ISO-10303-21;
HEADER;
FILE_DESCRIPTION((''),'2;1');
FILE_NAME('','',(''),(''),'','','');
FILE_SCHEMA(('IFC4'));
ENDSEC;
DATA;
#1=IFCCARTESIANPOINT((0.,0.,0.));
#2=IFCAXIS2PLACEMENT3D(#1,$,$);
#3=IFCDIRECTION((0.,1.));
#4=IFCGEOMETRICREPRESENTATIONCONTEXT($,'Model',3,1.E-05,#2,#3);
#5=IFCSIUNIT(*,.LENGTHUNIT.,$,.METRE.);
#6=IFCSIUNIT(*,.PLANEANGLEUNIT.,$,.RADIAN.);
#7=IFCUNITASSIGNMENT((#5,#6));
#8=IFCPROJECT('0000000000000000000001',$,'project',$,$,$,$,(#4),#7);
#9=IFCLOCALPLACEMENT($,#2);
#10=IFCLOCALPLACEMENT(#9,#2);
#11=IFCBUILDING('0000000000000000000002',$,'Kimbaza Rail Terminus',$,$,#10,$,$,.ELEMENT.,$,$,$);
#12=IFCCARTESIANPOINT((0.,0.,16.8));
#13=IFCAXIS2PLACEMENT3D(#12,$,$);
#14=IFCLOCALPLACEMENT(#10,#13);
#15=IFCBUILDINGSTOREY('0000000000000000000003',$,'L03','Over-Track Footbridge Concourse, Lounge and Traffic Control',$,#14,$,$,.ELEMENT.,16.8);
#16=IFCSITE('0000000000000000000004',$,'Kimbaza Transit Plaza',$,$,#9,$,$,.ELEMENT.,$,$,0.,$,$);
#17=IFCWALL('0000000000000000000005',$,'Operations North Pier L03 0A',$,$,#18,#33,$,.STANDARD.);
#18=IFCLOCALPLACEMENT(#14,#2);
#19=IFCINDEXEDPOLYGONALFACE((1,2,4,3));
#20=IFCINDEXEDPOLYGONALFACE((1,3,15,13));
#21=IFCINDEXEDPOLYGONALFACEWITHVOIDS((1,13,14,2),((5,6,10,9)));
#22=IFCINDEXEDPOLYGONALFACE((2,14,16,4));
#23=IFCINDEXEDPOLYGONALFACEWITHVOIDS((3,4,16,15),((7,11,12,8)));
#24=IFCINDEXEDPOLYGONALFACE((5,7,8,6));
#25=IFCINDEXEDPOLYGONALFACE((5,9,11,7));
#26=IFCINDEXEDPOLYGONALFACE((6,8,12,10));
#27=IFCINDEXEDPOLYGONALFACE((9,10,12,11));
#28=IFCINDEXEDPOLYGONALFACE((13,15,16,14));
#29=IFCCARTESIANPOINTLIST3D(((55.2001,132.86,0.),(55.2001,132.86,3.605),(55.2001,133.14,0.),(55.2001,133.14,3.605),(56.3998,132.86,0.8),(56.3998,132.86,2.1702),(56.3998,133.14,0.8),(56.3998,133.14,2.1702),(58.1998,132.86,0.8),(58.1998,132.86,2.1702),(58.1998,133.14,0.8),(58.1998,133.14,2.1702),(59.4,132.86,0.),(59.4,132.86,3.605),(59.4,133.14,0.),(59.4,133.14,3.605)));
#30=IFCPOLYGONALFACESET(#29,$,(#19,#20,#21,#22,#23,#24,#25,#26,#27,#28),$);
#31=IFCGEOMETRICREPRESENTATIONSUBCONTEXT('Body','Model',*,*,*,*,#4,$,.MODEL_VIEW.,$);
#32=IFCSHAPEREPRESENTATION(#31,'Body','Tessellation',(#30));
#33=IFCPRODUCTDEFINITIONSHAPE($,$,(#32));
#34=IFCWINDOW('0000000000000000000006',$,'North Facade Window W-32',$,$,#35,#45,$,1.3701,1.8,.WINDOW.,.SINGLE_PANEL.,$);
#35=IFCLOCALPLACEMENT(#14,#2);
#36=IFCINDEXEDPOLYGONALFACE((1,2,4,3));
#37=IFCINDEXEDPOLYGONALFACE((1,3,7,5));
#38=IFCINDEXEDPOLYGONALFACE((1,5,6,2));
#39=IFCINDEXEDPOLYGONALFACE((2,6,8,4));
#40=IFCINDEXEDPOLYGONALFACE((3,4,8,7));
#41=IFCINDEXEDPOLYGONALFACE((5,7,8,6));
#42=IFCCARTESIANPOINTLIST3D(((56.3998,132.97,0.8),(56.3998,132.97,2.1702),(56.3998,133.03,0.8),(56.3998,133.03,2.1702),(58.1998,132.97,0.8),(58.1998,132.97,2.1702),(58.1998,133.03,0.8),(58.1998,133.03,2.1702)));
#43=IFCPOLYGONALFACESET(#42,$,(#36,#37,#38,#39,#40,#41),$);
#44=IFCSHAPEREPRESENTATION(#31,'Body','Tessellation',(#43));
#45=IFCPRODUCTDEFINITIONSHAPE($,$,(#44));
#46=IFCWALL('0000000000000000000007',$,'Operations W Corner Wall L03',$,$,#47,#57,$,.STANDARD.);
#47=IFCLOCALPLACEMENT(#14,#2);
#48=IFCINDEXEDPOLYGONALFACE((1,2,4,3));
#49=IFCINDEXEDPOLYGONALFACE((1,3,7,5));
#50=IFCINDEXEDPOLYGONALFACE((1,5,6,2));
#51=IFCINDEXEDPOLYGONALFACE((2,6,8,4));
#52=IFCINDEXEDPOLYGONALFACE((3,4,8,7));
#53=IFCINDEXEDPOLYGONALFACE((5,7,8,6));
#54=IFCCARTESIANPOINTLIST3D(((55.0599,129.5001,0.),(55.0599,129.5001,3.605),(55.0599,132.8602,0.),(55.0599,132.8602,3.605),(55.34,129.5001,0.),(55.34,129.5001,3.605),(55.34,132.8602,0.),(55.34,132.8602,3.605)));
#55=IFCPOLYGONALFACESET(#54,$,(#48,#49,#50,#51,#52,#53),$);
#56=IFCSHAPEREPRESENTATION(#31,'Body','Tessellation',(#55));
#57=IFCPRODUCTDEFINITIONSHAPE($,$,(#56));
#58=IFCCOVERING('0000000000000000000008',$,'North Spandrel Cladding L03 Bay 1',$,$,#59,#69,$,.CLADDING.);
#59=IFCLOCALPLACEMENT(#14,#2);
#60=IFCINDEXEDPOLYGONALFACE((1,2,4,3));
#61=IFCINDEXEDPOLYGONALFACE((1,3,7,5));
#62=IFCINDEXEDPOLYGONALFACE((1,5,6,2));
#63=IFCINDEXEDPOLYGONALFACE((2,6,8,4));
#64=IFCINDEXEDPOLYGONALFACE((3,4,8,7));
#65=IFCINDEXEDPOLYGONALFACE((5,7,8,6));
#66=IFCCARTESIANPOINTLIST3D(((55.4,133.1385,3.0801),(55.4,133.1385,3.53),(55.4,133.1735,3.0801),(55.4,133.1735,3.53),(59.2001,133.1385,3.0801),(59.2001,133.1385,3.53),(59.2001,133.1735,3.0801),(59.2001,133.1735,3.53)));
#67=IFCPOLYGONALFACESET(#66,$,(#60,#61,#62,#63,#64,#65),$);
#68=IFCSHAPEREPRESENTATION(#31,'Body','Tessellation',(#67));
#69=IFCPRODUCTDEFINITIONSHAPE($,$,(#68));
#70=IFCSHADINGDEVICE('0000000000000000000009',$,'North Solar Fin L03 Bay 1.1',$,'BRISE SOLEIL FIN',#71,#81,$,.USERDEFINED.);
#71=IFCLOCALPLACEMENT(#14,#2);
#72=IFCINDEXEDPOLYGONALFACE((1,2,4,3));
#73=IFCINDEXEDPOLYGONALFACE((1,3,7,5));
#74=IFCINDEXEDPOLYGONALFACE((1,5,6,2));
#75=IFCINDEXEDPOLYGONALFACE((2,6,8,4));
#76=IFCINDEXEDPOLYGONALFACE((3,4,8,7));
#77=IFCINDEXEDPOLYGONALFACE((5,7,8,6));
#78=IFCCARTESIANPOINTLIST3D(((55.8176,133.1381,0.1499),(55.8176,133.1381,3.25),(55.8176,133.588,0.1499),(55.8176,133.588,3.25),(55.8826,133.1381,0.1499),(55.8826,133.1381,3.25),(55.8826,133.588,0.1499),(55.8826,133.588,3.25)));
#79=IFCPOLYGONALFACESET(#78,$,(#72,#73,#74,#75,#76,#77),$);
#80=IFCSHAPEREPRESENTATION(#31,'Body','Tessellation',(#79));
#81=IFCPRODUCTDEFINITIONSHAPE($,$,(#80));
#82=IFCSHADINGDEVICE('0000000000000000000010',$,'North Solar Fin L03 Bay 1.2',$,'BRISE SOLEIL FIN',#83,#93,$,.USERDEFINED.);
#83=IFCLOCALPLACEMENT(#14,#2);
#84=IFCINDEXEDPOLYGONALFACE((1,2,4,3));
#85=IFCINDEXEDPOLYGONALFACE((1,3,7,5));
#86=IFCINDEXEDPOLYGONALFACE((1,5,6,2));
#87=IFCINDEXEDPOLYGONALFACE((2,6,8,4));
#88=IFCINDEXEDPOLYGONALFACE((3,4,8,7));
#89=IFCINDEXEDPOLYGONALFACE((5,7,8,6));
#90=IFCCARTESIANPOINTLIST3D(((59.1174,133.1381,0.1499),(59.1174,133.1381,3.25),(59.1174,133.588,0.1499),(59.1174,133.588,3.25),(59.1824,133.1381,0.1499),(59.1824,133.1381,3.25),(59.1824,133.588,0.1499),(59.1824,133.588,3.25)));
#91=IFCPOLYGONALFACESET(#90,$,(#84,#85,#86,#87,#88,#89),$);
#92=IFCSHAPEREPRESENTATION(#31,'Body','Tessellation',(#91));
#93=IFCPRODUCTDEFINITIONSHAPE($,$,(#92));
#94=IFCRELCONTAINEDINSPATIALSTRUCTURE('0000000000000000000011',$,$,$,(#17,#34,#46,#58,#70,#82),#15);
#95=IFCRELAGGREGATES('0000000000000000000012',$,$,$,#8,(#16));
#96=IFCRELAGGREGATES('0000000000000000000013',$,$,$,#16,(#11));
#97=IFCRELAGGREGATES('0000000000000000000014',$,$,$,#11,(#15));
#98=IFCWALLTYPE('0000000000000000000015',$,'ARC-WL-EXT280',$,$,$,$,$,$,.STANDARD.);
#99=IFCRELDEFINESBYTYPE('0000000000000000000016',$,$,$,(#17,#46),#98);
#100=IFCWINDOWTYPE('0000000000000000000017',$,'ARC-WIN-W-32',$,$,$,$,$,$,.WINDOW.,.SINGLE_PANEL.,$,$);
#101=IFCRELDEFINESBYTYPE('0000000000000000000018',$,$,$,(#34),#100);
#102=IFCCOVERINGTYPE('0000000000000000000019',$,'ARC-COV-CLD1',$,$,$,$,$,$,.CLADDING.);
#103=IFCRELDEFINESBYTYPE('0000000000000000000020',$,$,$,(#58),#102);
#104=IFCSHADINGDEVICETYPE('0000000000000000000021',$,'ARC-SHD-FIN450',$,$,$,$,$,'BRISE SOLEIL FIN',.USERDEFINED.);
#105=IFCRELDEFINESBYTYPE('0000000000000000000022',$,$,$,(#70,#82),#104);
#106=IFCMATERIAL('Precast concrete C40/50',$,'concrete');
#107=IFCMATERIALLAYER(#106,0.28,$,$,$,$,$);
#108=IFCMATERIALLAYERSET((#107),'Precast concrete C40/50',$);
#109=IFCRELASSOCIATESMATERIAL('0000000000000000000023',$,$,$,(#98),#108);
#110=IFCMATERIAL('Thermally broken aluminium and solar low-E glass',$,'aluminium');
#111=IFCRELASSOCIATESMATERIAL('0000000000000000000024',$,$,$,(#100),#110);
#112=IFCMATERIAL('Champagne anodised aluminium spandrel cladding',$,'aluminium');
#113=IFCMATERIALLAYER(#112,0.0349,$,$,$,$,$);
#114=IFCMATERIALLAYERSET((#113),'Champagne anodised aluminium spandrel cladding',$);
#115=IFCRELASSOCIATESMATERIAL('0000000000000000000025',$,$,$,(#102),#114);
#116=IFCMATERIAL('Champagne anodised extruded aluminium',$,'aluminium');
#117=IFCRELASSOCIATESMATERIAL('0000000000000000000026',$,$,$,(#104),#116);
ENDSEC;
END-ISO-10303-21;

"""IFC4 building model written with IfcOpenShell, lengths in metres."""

from ifc_helpers import new_model, si_unit, direction, frame, frame_2d, origin, origin_2d, place, context, subcontext, project, spatial, rectangle, extrude, material, layer, layer_set, type_object, element, fill, save


model = new_model("IFC4")

# Units and contexts
model_context = context("Model", 3, precision=1e-05, world=origin(), true_north=direction((0.0, 1.0)))
body_context = subcontext(model_context, "Body", "Model", "MODEL_VIEW")
ifc_project = project(units=[si_unit("LENGTHUNIT", "METRE"), si_unit("PLANEANGLEUNIT", "RADIAN")], contexts=[model_context])

# Site, building, storey
site_placement = place(None, origin())
site = spatial("IfcSite", under=ifc_project, at=site_placement, Name="Kimbaza Transit Plaza", CompositionType="ELEMENT", RefElevation=0.0)
building_placement = place(site_placement, origin())
building = spatial("IfcBuilding", under=site, at=building_placement, Name="Kimbaza Rail Terminus", CompositionType="ELEMENT")
storey_placement = place(building_placement, frame((0.0, 0.0, 16.8)))
storey = spatial("IfcBuildingStorey", under=building, at=storey_placement, Name="L03", Description="Over-Track Footbridge Concourse, Lounge and Traffic Control", CompositionType="ELEMENT", Elevation=16.8)

# Wall, opening, window
ifc_material_1 = material(Name="Precast concrete C40/50", Category="concrete")
ifc_layer_1 = layer(ifc_material_1, 0.28)
ifc_layer_set_1 = layer_set([ifc_layer_1], Name="Precast concrete C40/50")
wall_type = type_object("IfcWallType", Name="ARC-WL-EXT280", PredefinedType="STANDARD", material=ifc_layer_set_1)
wall_1_placement = place(storey_placement, frame((55.2, 133.0, 0.0), z_axis=(0.0, 0.0, 1.0), x_axis=(1.0, 0.0, 0.0)))
wall_1 = element("IfcWall", 1, at=wall_1_placement, inside=storey, type_object=wall_type, Name="Operations North Pier L03 0A", PredefinedType="STANDARD", context=body_context, shape_type="SweptSolid", body=[
    extrude(rectangle(XDim=4.2, YDim=0.28, at=frame_2d((2.1001, 0.0))), origin(), (0.0, 0.0, 1.0), 3.605),
])
opening_placement = place(wall_1_placement, frame((1.2, 0.0, 0.8)))
opening = element("IfcOpeningElement", 2, at=opening_placement, cuts=wall_1, PredefinedType="OPENING", context=body_context, shape_type="SweptSolid", body=[
    extrude(rectangle(XDim=1.8, YDim=1.3701, at=frame_2d((0.8999, 0.6851))), frame((0.0, 0.1499, 0.0), z_axis=(0.0, -1.0, 0.0), x_axis=(1.0, 0.0, 0.0)), (0.0, 0.0, 1.0), 0.3),
])
ifc_material_2 = material(Name="Thermally broken aluminium and solar low-E glass", Category="aluminium")
window_type = type_object("IfcWindowType", Name="ARC-WIN-W-32", PartitioningType="SINGLE_PANEL", PredefinedType="WINDOW", material=ifc_material_2)
window_placement = place(opening_placement, origin())
window = element("IfcWindow", 3, at=window_placement, inside=storey, type_object=window_type, Name="North Facade Window W-32", OverallHeight=1.3701, OverallWidth=1.8, PartitioningType="SINGLE_PANEL", PredefinedType="WINDOW", context=body_context, shape_type="SweptSolid", body=[
    extrude(rectangle(XDim=1.8, YDim=1.3701, at=frame_2d((0.8999, 0.6851))), frame((0.0, 0.03, 0.0), z_axis=(0.0, -1.0, 0.0), x_axis=(1.0, 0.0, 0.0)), (0.0, 0.0, 1.0), 0.0601),
])
fill(opening, window)

# Wall
wall_2_placement = place(storey_placement, frame((55.2, 129.5, 0.0), z_axis=(0.0, 0.0, 1.0), x_axis=(0.0, 1.0, 0.0)))
element("IfcWall", 4, at=wall_2_placement, inside=storey, type_object=wall_type, Name="Operations W Corner Wall L03", PredefinedType="STANDARD", context=body_context, shape_type="SweptSolid", body=[
    extrude(rectangle(XDim=3.3601, YDim=0.28, at=frame_2d((1.6802, 0.0))), origin(), (0.0, 0.0, 1.0), 3.605),
])

# Covering
ifc_material_3 = material(Name="Champagne anodised aluminium spandrel cladding", Category="aluminium")
ifc_layer_2 = layer(ifc_material_3, 0.0349)
ifc_layer_set_2 = layer_set([ifc_layer_2], Name="Champagne anodised aluminium spandrel cladding")
covering_type = type_object("IfcCoveringType", Name="ARC-COV-CLD1", PredefinedType="CLADDING", material=ifc_layer_set_2)
covering_placement = place(storey_placement, frame((57.3, 133.156, 3.0801), z_axis=(0.0, 0.0, 1.0), x_axis=(1.0, 0.0, 0.0)))
element("IfcCovering", 5, at=covering_placement, inside=storey, type_object=covering_type, Name="North Spandrel Cladding L03 Bay 1", PredefinedType="CLADDING", context=body_context, shape_type="SweptSolid", body=[
    extrude(rectangle(XDim=3.8, YDim=0.0349, at=origin_2d()), origin(), (0.0, 0.0, 1.0), 0.45),
])

# Shading devices
ifc_material_4 = material(Name="Champagne anodised extruded aluminium", Category="aluminium")
shading_device_type = type_object("IfcShadingDeviceType", Name="ARC-SHD-FIN450", ElementType="BRISE SOLEIL FIN", PredefinedType="USERDEFINED", material=ifc_material_4)
for number, where, z_axis, x_axis, name in (
    (6, (55.8501, 133.363, 0.1499), (0.0, 0.0, 1.0), (1.0, 0.0, 0.0), "North Solar Fin L03 Bay 1.1"),
    (7, (59.1499, 133.363, 0.1499), (0.0, 0.0, 1.0), (1.0, 0.0, 0.0), "North Solar Fin L03 Bay 1.2"),
):
    element("IfcShadingDevice", number, at=place(storey_placement, frame(where, z_axis=z_axis, x_axis=x_axis)), inside=storey, type_object=shading_device_type, Name=name, ObjectType="BRISE SOLEIL FIN", PredefinedType="USERDEFINED", context=body_context, shape_type="SweptSolid", body=[
        extrude(rectangle(XDim=0.0649, YDim=0.45, at=origin_2d()), origin(), (0.0, 0.0, 1.0), 3.1001),
    ])

save(model, "model.ifc")
